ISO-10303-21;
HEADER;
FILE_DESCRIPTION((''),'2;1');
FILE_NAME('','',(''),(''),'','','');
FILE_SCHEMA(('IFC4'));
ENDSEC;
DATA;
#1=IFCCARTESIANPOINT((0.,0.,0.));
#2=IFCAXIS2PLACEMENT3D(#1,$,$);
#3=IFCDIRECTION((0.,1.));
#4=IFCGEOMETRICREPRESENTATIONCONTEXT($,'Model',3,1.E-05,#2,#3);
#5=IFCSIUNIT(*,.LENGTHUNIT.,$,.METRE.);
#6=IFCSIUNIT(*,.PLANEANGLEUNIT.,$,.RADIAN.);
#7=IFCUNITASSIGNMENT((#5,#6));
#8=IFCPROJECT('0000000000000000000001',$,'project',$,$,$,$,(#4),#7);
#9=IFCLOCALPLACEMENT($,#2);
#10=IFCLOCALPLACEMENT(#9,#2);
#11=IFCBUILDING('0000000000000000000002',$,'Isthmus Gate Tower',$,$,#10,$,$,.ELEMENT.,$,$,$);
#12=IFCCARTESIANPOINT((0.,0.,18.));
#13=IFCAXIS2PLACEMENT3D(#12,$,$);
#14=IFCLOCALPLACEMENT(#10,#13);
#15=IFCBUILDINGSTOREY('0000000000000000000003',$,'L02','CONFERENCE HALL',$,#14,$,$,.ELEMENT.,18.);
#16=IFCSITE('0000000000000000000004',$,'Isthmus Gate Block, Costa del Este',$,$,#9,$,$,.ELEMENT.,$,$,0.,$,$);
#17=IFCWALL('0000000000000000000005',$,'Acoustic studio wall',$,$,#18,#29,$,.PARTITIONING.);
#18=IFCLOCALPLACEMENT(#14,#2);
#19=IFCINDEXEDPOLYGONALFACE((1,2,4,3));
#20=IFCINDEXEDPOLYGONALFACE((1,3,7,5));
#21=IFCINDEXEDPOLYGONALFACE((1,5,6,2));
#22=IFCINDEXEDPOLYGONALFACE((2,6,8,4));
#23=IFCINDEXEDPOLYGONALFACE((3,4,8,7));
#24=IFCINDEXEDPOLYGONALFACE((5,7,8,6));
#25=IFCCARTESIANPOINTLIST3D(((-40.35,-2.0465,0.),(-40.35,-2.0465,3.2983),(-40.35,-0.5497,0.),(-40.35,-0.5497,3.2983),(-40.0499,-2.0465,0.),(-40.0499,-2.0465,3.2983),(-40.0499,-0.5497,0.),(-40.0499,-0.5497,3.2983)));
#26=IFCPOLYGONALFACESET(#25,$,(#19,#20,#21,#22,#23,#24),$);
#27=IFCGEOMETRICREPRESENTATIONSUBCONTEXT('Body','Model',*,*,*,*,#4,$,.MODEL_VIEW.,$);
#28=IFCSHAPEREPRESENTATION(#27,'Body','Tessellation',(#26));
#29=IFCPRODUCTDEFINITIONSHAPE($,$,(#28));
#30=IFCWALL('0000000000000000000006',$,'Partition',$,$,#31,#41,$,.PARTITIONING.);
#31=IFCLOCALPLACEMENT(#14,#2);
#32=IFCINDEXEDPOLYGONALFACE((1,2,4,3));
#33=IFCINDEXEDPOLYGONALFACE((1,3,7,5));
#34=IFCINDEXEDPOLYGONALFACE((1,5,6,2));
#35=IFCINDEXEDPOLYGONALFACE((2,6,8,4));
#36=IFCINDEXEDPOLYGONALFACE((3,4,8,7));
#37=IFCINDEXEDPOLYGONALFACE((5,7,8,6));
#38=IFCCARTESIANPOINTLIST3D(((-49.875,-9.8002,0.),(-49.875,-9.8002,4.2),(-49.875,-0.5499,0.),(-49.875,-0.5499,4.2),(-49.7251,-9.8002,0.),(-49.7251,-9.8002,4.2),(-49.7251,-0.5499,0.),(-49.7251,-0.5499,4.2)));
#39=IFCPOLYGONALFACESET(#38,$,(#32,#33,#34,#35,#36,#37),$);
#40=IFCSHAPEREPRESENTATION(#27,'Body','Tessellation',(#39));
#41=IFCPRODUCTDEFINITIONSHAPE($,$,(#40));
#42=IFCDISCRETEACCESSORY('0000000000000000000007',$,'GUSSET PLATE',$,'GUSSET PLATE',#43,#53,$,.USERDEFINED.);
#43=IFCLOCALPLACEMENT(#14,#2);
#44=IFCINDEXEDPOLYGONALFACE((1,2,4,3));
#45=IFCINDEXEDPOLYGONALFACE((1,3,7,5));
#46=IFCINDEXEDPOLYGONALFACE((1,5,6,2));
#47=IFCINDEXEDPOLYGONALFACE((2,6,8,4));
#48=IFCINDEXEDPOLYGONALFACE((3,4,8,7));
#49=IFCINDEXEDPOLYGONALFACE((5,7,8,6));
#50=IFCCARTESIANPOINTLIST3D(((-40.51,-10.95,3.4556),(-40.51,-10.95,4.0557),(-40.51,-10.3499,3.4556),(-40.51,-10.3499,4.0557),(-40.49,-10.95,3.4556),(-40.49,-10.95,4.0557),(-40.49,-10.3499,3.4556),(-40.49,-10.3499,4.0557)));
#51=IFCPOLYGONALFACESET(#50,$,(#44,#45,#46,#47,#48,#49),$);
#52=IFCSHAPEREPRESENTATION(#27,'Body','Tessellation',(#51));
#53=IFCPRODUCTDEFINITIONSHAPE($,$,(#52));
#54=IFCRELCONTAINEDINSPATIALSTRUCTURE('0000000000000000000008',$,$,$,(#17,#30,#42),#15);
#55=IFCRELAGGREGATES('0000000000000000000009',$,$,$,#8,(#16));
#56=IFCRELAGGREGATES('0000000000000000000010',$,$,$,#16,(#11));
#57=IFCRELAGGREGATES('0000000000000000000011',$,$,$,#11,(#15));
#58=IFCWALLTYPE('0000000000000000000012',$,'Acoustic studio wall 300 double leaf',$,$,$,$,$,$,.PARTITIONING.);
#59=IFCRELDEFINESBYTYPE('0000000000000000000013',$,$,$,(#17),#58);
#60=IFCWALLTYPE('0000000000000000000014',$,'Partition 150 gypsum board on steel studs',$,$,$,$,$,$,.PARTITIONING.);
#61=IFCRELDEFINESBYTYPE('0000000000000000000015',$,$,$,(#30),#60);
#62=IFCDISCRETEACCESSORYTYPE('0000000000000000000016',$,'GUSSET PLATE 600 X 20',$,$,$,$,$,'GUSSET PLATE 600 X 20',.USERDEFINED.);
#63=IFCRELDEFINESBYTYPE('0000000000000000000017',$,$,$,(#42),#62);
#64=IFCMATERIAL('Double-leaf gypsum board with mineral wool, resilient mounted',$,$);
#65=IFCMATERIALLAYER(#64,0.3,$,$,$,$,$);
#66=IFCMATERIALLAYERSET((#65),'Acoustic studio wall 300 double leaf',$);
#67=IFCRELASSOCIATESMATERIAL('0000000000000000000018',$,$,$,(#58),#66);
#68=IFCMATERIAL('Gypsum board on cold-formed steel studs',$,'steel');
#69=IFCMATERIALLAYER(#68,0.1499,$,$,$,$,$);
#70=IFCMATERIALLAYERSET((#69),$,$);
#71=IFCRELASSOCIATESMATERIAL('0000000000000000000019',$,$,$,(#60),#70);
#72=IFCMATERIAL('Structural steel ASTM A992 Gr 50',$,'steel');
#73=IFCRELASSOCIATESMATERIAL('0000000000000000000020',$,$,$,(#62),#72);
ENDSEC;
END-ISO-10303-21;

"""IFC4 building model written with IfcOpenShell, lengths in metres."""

from ifc_helpers import new_model, si_unit, direction, frame, frame_2d, origin, origin_2d, place, context, subcontext, project, spatial, rectangle, extrude, material, layer, layer_set, type_object, element, save


model = new_model("IFC4")

# Units and contexts
model_context = context("Model", 3, precision=1e-05, world=origin(), true_north=direction((0.0, 1.0)))
body_context = subcontext(model_context, "Body", "Model", "MODEL_VIEW")
ifc_project = project(units=[si_unit("LENGTHUNIT", "METRE"), si_unit("PLANEANGLEUNIT", "RADIAN")], contexts=[model_context])

# Site, building, storey
site_placement = place(None, origin())
site = spatial("IfcSite", under=ifc_project, at=site_placement, Name="Isthmus Gate Block, Costa del Este", CompositionType="ELEMENT", RefElevation=0.0)
building_placement = place(site_placement, origin())
building = spatial("IfcBuilding", under=site, at=building_placement, Name="Isthmus Gate Tower", CompositionType="ELEMENT")
storey_placement = place(building_placement, frame((0.0, 0.0, 18.0)))
storey = spatial("IfcBuildingStorey", under=building, at=storey_placement, Name="L02", Description="CONFERENCE HALL", CompositionType="ELEMENT", Elevation=18.0)

# Walls
ifc_material_1 = material(Name="Double-leaf gypsum board with mineral wool, resilient mounted")
ifc_layer_1 = layer(ifc_material_1, 0.3)
ifc_layer_set_1 = layer_set([ifc_layer_1], Name="Acoustic studio wall 300 double leaf")
wall_type_1 = type_object("IfcWallType", Name="Acoustic studio wall 300 double leaf", PredefinedType="PARTITIONING", material=ifc_layer_set_1)
wall_1_placement = place(storey_placement, frame((-40.2, -2.0466, 0.0), z_axis=(0.0, 0.0, 1.0), x_axis=(0.0, 1.0, 0.0)))
element("IfcWall", 1, at=wall_1_placement, inside=storey, type_object=wall_type_1, Name="Acoustic studio wall", PredefinedType="PARTITIONING", context=body_context, shape_type="SweptSolid", body=[
    extrude(rectangle(XDim=1.4968, YDim=0.3, at=frame_2d((0.7485, 0.0))), origin(), (0.0, 0.0, 1.0), 3.2983),
])
ifc_material_2 = material(Name="Gypsum board on cold-formed steel studs", Category="steel")
ifc_layer_2 = layer(ifc_material_2, 0.1499)
ifc_layer_set_2 = layer_set([ifc_layer_2])
wall_type_2 = type_object("IfcWallType", Name="Partition 150 gypsum board on steel studs", PredefinedType="PARTITIONING", material=ifc_layer_set_2)
wall_2_placement = place(storey_placement, frame((-49.8, -9.8, 0.0), z_axis=(0.0, 0.0, 1.0), x_axis=(0.0, 1.0, 0.0)))
element("IfcWall", 2, at=wall_2_placement, inside=storey, type_object=wall_type_2, Name="Partition", PredefinedType="PARTITIONING", context=body_context, shape_type="SweptSolid", body=[
    extrude(rectangle(XDim=9.2502, YDim=0.1499, at=frame_2d((4.625, 0.0))), origin(), (0.0, 0.0, 1.0), 4.2),
])

# Discrete accessory
ifc_material_3 = material(Name="Structural steel ASTM A992 Gr 50", Category="steel")
discrete_accessory_type = type_object("IfcDiscreteAccessoryType", Name="GUSSET PLATE 600 X 20", ElementType="GUSSET PLATE 600 X 20", PredefinedType="USERDEFINED", material=ifc_material_3)
discrete_accessory_placement = place(storey_placement, frame((-40.5, -10.6499, 3.4556), z_axis=(0.0, 0.0, 1.0), x_axis=(0.0, 1.0, 0.0)))
element("IfcDiscreteAccessory", 3, at=discrete_accessory_placement, inside=storey, type_object=discrete_accessory_type, Name="GUSSET PLATE", ObjectType="GUSSET PLATE", PredefinedType="USERDEFINED", context=body_context, shape_type="SweptSolid", body=[
    extrude(rectangle(XDim=0.6001, YDim=0.02, at=origin_2d()), origin(), (0.0, 0.0, 1.0), 0.6001),
])

save(model, "model.ifc")
